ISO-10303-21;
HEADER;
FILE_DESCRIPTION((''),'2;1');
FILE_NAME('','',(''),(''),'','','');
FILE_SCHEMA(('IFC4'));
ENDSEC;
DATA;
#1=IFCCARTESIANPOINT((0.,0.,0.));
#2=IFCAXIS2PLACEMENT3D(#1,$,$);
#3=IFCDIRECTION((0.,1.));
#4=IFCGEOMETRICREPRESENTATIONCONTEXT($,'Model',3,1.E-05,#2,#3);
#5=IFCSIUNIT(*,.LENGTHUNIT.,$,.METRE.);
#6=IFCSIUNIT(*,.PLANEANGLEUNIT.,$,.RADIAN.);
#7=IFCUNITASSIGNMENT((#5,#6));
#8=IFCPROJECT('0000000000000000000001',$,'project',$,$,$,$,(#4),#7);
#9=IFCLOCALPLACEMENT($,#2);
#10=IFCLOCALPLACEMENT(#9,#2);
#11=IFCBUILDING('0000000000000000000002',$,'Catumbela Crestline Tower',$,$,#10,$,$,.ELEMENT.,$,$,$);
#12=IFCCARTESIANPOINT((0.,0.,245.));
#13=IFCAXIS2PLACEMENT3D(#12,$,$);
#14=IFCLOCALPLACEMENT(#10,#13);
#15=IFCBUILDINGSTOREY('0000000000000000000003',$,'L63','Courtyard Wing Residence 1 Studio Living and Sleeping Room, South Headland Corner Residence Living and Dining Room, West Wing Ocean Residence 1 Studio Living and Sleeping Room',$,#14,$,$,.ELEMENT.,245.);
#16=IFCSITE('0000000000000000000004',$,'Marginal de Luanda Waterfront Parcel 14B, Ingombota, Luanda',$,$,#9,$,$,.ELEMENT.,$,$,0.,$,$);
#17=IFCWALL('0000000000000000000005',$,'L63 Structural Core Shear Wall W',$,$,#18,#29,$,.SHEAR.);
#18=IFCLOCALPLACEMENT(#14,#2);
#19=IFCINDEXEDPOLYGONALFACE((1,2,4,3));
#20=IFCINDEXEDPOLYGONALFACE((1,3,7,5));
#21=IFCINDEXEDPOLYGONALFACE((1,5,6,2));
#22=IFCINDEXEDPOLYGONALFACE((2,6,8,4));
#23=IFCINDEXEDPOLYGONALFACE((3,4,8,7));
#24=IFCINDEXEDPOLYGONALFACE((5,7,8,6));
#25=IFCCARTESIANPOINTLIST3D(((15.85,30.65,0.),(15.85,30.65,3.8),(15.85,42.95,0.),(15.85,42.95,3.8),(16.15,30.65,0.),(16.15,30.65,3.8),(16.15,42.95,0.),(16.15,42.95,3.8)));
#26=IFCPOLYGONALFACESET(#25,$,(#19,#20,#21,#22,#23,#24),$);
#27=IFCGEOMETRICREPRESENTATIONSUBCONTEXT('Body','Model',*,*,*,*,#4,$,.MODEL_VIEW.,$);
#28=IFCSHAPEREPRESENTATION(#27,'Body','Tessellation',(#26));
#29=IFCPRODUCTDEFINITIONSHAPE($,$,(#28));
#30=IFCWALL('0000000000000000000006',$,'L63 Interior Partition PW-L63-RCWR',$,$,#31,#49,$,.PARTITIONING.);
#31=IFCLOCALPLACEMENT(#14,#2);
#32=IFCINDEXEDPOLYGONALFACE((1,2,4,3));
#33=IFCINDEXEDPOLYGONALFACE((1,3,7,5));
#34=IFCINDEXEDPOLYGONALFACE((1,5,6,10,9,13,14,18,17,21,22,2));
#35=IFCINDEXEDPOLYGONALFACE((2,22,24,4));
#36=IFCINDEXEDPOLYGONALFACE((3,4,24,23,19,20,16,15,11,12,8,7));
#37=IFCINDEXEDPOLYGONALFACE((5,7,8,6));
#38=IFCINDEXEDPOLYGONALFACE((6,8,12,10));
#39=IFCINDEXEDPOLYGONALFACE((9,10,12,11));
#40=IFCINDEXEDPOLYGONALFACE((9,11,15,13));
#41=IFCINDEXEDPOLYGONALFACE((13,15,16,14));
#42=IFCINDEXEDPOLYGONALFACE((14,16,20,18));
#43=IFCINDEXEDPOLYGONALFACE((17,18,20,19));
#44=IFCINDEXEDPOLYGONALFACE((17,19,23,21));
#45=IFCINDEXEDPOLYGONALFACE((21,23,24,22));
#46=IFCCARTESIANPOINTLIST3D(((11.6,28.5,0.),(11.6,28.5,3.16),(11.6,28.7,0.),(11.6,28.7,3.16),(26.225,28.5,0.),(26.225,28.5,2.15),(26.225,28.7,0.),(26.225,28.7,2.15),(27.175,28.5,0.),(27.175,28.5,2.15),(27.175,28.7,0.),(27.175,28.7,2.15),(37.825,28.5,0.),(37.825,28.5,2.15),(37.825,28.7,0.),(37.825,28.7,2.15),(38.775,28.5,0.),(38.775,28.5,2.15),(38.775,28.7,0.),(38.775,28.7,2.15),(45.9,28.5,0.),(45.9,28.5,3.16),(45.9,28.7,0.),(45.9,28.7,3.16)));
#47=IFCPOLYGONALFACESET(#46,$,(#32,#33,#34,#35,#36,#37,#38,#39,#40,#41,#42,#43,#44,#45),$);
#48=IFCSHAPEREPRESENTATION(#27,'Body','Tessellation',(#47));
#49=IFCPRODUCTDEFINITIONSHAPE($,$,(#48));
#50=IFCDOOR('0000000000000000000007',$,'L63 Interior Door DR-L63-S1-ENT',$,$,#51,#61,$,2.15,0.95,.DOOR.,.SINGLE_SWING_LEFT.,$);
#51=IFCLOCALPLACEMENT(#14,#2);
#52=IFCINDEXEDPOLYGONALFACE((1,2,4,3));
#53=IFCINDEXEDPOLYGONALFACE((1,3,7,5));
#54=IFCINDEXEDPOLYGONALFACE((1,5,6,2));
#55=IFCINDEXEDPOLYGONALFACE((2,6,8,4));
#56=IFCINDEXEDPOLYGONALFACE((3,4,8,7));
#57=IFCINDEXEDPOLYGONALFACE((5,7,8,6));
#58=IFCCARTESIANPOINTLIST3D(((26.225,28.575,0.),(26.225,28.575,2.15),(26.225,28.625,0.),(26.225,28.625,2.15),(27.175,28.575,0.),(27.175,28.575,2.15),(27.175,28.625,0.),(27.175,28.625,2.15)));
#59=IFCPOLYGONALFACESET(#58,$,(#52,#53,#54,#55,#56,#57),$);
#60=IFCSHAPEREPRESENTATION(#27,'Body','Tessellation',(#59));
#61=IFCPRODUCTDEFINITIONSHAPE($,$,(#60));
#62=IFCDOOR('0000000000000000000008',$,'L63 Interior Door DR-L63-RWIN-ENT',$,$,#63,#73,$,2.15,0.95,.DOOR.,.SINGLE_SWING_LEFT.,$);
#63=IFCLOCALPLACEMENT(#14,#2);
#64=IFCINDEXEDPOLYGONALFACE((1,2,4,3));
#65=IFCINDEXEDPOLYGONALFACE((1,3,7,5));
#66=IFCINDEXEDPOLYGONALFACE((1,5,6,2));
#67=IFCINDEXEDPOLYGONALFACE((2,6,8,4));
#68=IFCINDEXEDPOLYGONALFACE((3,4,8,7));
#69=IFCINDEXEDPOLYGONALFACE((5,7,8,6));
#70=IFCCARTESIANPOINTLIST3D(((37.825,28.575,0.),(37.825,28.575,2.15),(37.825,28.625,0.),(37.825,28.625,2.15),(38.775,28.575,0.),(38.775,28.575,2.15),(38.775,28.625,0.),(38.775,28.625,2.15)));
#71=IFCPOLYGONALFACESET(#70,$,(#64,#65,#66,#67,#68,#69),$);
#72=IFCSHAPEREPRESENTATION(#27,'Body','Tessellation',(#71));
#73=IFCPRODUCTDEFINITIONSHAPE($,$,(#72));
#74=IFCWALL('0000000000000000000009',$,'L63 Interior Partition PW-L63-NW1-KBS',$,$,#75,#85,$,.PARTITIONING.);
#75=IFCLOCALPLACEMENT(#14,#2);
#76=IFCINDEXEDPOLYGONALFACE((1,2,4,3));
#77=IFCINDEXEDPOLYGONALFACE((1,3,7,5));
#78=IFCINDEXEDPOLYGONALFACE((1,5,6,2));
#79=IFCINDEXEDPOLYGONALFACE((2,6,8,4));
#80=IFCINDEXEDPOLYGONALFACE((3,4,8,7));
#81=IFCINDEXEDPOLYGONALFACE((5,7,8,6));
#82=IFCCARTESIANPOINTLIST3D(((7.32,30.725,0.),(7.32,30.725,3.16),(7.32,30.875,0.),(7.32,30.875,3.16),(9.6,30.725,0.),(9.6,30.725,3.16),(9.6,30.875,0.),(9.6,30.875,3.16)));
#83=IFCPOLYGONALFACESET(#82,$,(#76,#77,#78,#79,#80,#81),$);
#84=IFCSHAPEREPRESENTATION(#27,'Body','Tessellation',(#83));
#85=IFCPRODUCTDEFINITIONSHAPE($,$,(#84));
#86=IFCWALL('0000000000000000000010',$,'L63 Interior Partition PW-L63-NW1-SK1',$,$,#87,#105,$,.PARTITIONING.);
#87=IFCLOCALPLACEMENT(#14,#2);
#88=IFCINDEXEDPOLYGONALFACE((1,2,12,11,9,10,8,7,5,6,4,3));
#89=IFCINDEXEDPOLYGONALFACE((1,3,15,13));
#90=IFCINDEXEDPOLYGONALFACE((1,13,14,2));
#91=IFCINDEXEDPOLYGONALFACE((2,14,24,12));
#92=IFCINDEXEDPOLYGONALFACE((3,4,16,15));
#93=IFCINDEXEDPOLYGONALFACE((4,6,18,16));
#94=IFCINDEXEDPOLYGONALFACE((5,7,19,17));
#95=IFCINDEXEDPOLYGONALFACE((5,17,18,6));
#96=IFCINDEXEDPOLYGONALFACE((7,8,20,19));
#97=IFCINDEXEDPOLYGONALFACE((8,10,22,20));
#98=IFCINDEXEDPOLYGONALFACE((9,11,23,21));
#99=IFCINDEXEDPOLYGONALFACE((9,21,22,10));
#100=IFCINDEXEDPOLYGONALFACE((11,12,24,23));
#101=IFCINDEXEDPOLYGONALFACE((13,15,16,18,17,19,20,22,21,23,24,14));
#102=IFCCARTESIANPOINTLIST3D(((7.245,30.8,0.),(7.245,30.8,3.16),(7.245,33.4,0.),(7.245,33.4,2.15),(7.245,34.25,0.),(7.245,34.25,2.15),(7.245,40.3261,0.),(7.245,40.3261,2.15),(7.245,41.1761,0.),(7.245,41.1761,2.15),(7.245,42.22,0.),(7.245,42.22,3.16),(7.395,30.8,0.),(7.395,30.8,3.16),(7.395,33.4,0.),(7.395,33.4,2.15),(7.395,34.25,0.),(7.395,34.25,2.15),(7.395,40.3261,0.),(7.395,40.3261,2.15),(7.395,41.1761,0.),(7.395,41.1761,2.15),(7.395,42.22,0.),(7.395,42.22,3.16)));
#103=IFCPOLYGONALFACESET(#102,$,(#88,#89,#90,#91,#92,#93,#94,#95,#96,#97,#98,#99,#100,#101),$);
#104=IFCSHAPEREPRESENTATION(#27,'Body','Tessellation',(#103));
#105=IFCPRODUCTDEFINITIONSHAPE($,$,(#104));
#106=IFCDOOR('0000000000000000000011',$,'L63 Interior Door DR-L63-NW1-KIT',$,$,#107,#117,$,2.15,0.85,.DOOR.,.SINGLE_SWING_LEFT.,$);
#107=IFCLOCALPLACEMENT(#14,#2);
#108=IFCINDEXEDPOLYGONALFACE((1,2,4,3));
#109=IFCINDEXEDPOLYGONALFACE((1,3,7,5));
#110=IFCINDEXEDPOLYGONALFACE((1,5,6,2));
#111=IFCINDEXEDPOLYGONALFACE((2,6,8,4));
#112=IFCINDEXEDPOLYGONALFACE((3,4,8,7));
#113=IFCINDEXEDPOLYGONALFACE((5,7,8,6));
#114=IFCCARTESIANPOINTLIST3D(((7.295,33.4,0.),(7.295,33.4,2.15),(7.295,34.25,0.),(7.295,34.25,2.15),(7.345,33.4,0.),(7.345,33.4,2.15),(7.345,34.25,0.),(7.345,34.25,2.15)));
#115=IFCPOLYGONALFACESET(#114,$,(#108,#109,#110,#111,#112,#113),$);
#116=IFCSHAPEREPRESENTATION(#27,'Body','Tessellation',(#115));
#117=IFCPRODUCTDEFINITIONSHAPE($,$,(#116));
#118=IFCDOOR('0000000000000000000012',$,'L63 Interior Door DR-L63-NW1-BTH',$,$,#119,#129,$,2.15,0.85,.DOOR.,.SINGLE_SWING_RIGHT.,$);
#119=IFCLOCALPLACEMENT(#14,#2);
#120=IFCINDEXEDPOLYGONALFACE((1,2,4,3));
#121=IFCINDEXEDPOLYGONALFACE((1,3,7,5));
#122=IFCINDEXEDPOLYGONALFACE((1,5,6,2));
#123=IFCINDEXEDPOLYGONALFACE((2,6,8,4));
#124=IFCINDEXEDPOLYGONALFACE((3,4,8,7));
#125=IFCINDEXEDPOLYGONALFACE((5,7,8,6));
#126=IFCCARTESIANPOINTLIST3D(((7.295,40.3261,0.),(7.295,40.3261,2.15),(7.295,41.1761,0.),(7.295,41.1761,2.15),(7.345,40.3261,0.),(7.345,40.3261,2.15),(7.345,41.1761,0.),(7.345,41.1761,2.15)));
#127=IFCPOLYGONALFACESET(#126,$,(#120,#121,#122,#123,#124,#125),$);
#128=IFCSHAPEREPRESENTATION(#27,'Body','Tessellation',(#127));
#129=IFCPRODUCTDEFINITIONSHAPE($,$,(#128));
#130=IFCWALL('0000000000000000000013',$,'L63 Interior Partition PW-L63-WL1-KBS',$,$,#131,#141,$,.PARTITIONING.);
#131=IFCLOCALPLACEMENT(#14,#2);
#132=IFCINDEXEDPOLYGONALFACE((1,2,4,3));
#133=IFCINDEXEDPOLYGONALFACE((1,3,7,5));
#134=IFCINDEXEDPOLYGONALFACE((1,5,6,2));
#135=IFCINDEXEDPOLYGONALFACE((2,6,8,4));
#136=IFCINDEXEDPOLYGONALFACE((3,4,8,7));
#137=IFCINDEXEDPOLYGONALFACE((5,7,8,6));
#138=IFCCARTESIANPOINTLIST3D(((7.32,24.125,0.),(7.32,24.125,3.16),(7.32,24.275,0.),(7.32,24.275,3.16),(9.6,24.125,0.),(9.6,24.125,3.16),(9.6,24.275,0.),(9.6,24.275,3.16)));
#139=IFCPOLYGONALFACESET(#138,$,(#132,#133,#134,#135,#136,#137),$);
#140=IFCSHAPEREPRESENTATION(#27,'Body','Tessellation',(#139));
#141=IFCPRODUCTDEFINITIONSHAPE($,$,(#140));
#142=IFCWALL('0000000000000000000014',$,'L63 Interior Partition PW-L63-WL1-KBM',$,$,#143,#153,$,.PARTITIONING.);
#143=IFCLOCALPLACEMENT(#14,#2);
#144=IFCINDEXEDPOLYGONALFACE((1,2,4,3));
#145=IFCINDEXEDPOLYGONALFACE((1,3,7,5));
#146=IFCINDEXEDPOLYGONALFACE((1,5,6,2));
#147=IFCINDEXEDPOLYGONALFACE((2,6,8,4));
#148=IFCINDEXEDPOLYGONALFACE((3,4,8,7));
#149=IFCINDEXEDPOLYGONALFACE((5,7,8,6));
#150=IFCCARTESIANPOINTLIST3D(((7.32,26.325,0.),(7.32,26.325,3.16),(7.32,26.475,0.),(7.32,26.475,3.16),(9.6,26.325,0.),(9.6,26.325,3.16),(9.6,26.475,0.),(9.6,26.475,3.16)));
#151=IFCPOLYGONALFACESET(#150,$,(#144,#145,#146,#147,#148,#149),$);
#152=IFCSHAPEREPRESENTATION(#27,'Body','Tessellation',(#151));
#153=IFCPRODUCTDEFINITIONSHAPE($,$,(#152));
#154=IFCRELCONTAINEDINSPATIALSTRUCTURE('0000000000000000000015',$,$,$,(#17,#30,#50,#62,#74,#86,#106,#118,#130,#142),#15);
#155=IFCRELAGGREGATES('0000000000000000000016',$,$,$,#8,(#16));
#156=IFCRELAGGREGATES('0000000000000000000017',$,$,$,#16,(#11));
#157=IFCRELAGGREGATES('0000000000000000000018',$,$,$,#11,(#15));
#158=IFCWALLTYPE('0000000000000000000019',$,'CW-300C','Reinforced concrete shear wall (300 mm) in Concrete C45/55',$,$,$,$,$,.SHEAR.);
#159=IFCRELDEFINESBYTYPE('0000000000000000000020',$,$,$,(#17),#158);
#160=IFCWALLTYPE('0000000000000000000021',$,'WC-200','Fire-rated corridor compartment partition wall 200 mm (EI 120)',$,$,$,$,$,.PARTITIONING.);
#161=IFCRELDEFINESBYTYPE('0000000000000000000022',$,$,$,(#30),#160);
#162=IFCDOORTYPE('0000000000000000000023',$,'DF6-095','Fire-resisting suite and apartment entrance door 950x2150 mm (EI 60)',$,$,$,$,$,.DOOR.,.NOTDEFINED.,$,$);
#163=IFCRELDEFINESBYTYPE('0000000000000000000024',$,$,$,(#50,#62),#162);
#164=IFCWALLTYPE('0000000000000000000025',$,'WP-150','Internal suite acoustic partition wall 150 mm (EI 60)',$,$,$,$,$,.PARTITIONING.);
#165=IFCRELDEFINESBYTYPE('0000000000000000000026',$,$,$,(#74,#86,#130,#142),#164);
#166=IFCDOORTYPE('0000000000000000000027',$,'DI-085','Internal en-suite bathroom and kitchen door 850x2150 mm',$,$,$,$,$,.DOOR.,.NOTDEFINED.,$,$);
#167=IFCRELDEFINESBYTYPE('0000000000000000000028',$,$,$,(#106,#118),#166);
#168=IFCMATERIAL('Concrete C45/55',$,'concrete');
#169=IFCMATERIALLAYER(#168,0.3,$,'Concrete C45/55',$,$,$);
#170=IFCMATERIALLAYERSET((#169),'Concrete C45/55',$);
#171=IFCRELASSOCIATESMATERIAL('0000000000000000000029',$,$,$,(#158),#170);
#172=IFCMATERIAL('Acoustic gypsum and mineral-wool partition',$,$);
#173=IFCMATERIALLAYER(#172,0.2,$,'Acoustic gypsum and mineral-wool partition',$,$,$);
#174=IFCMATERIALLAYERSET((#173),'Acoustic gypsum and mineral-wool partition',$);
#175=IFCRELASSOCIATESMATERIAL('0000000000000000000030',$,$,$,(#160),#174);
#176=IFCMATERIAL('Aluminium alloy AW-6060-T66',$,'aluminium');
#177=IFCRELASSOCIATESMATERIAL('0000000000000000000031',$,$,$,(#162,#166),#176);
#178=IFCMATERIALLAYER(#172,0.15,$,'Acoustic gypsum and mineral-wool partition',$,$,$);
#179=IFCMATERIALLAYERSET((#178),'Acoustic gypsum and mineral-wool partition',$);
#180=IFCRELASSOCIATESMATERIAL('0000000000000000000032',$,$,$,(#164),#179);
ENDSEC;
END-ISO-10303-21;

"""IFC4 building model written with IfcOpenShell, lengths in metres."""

from ifc_helpers import new_model, si_unit, direction, frame, frame_2d, origin, place, context, subcontext, project, spatial, rectangle, extrude, material, layer, layer_set, type_object, element, fill, save


model = new_model("IFC4")

# Units and contexts
model_context = context("Model", 3, precision=1e-05, world=origin(), true_north=direction((0.0, 1.0)))
body_context = subcontext(model_context, "Body", "Model", "MODEL_VIEW")
ifc_project = project(units=[si_unit("LENGTHUNIT", "METRE"), si_unit("PLANEANGLEUNIT", "RADIAN")], contexts=[model_context])

# Site, building, storey
site_placement = place(None, origin())
site = spatial("IfcSite", under=ifc_project, at=site_placement, Name="Marginal de Luanda Waterfront Parcel 14B, Ingombota, Luanda", CompositionType="ELEMENT", RefElevation=0.0)
building_placement = place(site_placement, origin())
building = spatial("IfcBuilding", under=site, at=building_placement, Name="Catumbela Crestline Tower", CompositionType="ELEMENT")
storey_placement = place(building_placement, frame((0.0, 0.0, 245.0)))
storey = spatial("IfcBuildingStorey", under=building, at=storey_placement, Name="L63", Description="Courtyard Wing Residence 1 Studio Living and Sleeping Room, South Headland Corner Residence Living and Dining Room, West Wing Ocean Residence 1 Studio Living and Sleeping Room", CompositionType="ELEMENT", Elevation=245.0)

# Shared definitions
ifc_material_1 = material(Name="Concrete C45/55", Category="concrete")

# Wall
ifc_layer_1 = layer(ifc_material_1, 0.3, Name="Concrete C45/55")
ifc_layer_set_1 = layer_set([ifc_layer_1], Name="Concrete C45/55")
wall_type_1 = type_object("IfcWallType", Name="CW-300C", Description="Reinforced concrete shear wall (300 mm) in Concrete C45/55", PredefinedType="SHEAR", material=ifc_layer_set_1)
wall_1_placement = place(storey_placement, frame((16.0, 30.65, 0.0), z_axis=(0.0, 0.0, 1.0), x_axis=(0.0, 1.0, 0.0)))
element("IfcWall", 1, at=wall_1_placement, inside=storey, type_object=wall_type_1, Name="L63 Structural Core Shear Wall W", PredefinedType="SHEAR", context=body_context, shape_type="SweptSolid", body=[
    extrude(rectangle(XDim=12.3, YDim=0.3, at=frame_2d((6.15, 0.0))), origin(), (0.0, 0.0, 1.0), 3.8),
])

# Wall, openings, doors
ifc_material_2 = material(Name="Acoustic gypsum and mineral-wool partition")
ifc_layer_2 = layer(ifc_material_2, 0.2, Name="Acoustic gypsum and mineral-wool partition")
ifc_layer_set_2 = layer_set([ifc_layer_2], Name="Acoustic gypsum and mineral-wool partition")
wall_type_2 = type_object("IfcWallType", Name="WC-200", Description="Fire-rated corridor compartment partition wall 200 mm (EI 120)", PredefinedType="PARTITIONING", material=ifc_layer_set_2)
wall_2_placement = place(storey_placement, frame((11.6, 28.6, 0.0), z_axis=(0.0, 0.0, 1.0), x_axis=(1.0, 0.0, 0.0)))
wall_2 = element("IfcWall", 2, at=wall_2_placement, inside=storey, type_object=wall_type_2, Name="L63 Interior Partition PW-L63-RCWR", PredefinedType="PARTITIONING", context=body_context, shape_type="SweptSolid", body=[
    extrude(rectangle(XDim=34.3, YDim=0.2, at=frame_2d((17.15, 0.0))), origin(), (0.0, 0.0, 1.0), 3.16),
])
opening_1_placement = place(wall_2_placement, frame((14.625, 0.0, 0.0)))
opening_1 = element("IfcOpeningElement", 3, at=opening_1_placement, cuts=wall_2, PredefinedType="OPENING", context=body_context, shape_type="SweptSolid", body=[
    extrude(rectangle(XDim=0.95, YDim=2.15, at=frame_2d((0.475, 1.075))), frame((0.0, 0.11, 0.0), z_axis=(0.0, -1.0, 0.0), x_axis=(1.0, 0.0, 0.0)), (0.0, 0.0, 1.0), 0.22),
])
opening_2_placement = place(wall_2_placement, frame((26.225, 0.0, 0.0)))
opening_2 = element("IfcOpeningElement", 4, at=opening_2_placement, cuts=wall_2, PredefinedType="OPENING", context=body_context, shape_type="SweptSolid", body=[
    extrude(rectangle(XDim=0.95, YDim=2.15, at=frame_2d((0.475, 1.075))), frame((0.0, 0.11, 0.0), z_axis=(0.0, -1.0, 0.0), x_axis=(1.0, 0.0, 0.0)), (0.0, 0.0, 1.0), 0.22),
])
ifc_material_3 = material(Name="Aluminium alloy AW-6060-T66", Category="aluminium")
door_type_1 = type_object("IfcDoorType", Name="DF6-095", Description="Fire-resisting suite and apartment entrance door 950x2150 mm (EI 60)", OperationType="NOTDEFINED", PredefinedType="DOOR", material=ifc_material_3)
door_1_placement = place(opening_1_placement, origin())
door_1 = element("IfcDoor", 5, at=door_1_placement, inside=storey, type_object=door_type_1, Name="L63 Interior Door DR-L63-S1-ENT", OperationType="SINGLE_SWING_LEFT", OverallHeight=2.15, OverallWidth=0.95, PredefinedType="DOOR", context=body_context, shape_type="SweptSolid", body=[
    extrude(rectangle(XDim=0.95, YDim=2.15, at=frame_2d((0.475, 1.075))), frame((0.0, 0.025, 0.0), z_axis=(0.0, -1.0, 0.0), x_axis=(1.0, 0.0, 0.0)), (0.0, 0.0, 1.0), 0.05),
])
fill(opening_1, door_1)
door_2_placement = place(opening_2_placement, origin())
door_2 = element("IfcDoor", 6, at=door_2_placement, inside=storey, type_object=door_type_1, Name="L63 Interior Door DR-L63-RWIN-ENT", OperationType="SINGLE_SWING_LEFT", OverallHeight=2.15, OverallWidth=0.95, PredefinedType="DOOR", context=body_context, shape_type="SweptSolid", body=[
    extrude(rectangle(XDim=0.95, YDim=2.15, at=frame_2d((0.475, 1.075))), frame((0.0, 0.025, 0.0), z_axis=(0.0, -1.0, 0.0), x_axis=(1.0, 0.0, 0.0)), (0.0, 0.0, 1.0), 0.05),
])
fill(opening_2, door_2)

# Wall
ifc_layer_3 = layer(ifc_material_2, 0.15, Name="Acoustic gypsum and mineral-wool partition")
ifc_layer_set_3 = layer_set([ifc_layer_3], Name="Acoustic gypsum and mineral-wool partition")
wall_type_3 = type_object("IfcWallType", Name="WP-150", Description="Internal suite acoustic partition wall 150 mm (EI 60)", PredefinedType="PARTITIONING", material=ifc_layer_set_3)
wall_3_placement = place(storey_placement, frame((7.32, 30.8, 0.0), z_axis=(0.0, 0.0, 1.0), x_axis=(1.0, 0.0, 0.0)))
element("IfcWall", 7, at=wall_3_placement, inside=storey, type_object=wall_type_3, Name="L63 Interior Partition PW-L63-NW1-KBS", PredefinedType="PARTITIONING", context=body_context, shape_type="SweptSolid", body=[
    extrude(rectangle(XDim=2.28, YDim=0.15, at=frame_2d((1.14, 0.0))), origin(), (0.0, 0.0, 1.0), 3.16),
])

# Wall, openings, doors
wall_4_placement = place(storey_placement, frame((7.32, 30.8, 0.0), z_axis=(0.0, 0.0, 1.0), x_axis=(0.0, 1.0, 0.0)))
wall_4 = element("IfcWall", 8, at=wall_4_placement, inside=storey, type_object=wall_type_3, Name="L63 Interior Partition PW-L63-NW1-SK1", PredefinedType="PARTITIONING", context=body_context, shape_type="SweptSolid", body=[
    extrude(rectangle(XDim=11.42, YDim=0.15, at=frame_2d((5.71, 0.0))), origin(), (0.0, 0.0, 1.0), 3.16),
])
opening_3_placement = place(wall_4_placement, frame((2.6, 0.0, 0.0)))
opening_3 = element("IfcOpeningElement", 9, at=opening_3_placement, cuts=wall_4, PredefinedType="OPENING", context=body_context, shape_type="SweptSolid", body=[
    extrude(rectangle(XDim=0.85, YDim=2.15, at=frame_2d((0.425, 1.075))), frame((0.0, 0.085, 0.0), z_axis=(0.0, -1.0, 0.0), x_axis=(1.0, 0.0, 0.0)), (0.0, 0.0, 1.0), 0.17),
])
opening_4_placement = place(wall_4_placement, frame((9.5261, 0.0, 0.0)))
opening_4 = element("IfcOpeningElement", 10, at=opening_4_placement, cuts=wall_4, PredefinedType="OPENING", context=body_context, shape_type="SweptSolid", body=[
    extrude(rectangle(XDim=0.85, YDim=2.15, at=frame_2d((0.425, 1.075))), frame((0.0, 0.085, 0.0), z_axis=(0.0, -1.0, 0.0), x_axis=(1.0, 0.0, 0.0)), (0.0, 0.0, 1.0), 0.17),
])
door_type_2 = type_object("IfcDoorType", Name="DI-085", Description="Internal en-suite bathroom and kitchen door 850x2150 mm", OperationType="NOTDEFINED", PredefinedType="DOOR", material=ifc_material_3)
door_3_placement = place(opening_3_placement, origin())
door_3 = element("IfcDoor", 11, at=door_3_placement, inside=storey, type_object=door_type_2, Name="L63 Interior Door DR-L63-NW1-KIT", OperationType="SINGLE_SWING_LEFT", OverallHeight=2.15, OverallWidth=0.85, PredefinedType="DOOR", context=body_context, shape_type="SweptSolid", body=[
    extrude(rectangle(XDim=0.85, YDim=2.15, at=frame_2d((0.425, 1.075))), frame((0.0, 0.025, 0.0), z_axis=(0.0, -1.0, 0.0), x_axis=(1.0, 0.0, 0.0)), (0.0, 0.0, 1.0), 0.05),
])
fill(opening_3, door_3)
door_4_placement = place(opening_4_placement, origin())
door_4 = element("IfcDoor", 12, at=door_4_placement, inside=storey, type_object=door_type_2, Name="L63 Interior Door DR-L63-NW1-BTH", OperationType="SINGLE_SWING_RIGHT", OverallHeight=2.15, OverallWidth=0.85, PredefinedType="DOOR", context=body_context, shape_type="SweptSolid", body=[
    extrude(rectangle(XDim=0.85, YDim=2.15, at=frame_2d((0.425, 1.075))), frame((0.0, 0.025, 0.0), z_axis=(0.0, -1.0, 0.0), x_axis=(1.0, 0.0, 0.0)), (0.0, 0.0, 1.0), 0.05),
])
fill(opening_4, door_4)

# Walls
for number, where, z_axis, x_axis, name in (
    (13, (7.32, 24.2, 0.0), (0.0, 0.0, 1.0), (1.0, 0.0, 0.0), "L63 Interior Partition PW-L63-WL1-KBS"),
    (14, (7.32, 26.4, 0.0), (0.0, 0.0, 1.0), (1.0, 0.0, 0.0), "L63 Interior Partition PW-L63-WL1-KBM"),
):
    element("IfcWall", number, at=place(storey_placement, frame(where, z_axis=z_axis, x_axis=x_axis)), inside=storey, type_object=wall_type_3, Name=name, PredefinedType="PARTITIONING", context=body_context, shape_type="SweptSolid", body=[
        extrude(rectangle(XDim=2.28, YDim=0.15, at=frame_2d((1.14, 0.0))), origin(), (0.0, 0.0, 1.0), 3.16),
    ])

save(model, "model.ifc")
